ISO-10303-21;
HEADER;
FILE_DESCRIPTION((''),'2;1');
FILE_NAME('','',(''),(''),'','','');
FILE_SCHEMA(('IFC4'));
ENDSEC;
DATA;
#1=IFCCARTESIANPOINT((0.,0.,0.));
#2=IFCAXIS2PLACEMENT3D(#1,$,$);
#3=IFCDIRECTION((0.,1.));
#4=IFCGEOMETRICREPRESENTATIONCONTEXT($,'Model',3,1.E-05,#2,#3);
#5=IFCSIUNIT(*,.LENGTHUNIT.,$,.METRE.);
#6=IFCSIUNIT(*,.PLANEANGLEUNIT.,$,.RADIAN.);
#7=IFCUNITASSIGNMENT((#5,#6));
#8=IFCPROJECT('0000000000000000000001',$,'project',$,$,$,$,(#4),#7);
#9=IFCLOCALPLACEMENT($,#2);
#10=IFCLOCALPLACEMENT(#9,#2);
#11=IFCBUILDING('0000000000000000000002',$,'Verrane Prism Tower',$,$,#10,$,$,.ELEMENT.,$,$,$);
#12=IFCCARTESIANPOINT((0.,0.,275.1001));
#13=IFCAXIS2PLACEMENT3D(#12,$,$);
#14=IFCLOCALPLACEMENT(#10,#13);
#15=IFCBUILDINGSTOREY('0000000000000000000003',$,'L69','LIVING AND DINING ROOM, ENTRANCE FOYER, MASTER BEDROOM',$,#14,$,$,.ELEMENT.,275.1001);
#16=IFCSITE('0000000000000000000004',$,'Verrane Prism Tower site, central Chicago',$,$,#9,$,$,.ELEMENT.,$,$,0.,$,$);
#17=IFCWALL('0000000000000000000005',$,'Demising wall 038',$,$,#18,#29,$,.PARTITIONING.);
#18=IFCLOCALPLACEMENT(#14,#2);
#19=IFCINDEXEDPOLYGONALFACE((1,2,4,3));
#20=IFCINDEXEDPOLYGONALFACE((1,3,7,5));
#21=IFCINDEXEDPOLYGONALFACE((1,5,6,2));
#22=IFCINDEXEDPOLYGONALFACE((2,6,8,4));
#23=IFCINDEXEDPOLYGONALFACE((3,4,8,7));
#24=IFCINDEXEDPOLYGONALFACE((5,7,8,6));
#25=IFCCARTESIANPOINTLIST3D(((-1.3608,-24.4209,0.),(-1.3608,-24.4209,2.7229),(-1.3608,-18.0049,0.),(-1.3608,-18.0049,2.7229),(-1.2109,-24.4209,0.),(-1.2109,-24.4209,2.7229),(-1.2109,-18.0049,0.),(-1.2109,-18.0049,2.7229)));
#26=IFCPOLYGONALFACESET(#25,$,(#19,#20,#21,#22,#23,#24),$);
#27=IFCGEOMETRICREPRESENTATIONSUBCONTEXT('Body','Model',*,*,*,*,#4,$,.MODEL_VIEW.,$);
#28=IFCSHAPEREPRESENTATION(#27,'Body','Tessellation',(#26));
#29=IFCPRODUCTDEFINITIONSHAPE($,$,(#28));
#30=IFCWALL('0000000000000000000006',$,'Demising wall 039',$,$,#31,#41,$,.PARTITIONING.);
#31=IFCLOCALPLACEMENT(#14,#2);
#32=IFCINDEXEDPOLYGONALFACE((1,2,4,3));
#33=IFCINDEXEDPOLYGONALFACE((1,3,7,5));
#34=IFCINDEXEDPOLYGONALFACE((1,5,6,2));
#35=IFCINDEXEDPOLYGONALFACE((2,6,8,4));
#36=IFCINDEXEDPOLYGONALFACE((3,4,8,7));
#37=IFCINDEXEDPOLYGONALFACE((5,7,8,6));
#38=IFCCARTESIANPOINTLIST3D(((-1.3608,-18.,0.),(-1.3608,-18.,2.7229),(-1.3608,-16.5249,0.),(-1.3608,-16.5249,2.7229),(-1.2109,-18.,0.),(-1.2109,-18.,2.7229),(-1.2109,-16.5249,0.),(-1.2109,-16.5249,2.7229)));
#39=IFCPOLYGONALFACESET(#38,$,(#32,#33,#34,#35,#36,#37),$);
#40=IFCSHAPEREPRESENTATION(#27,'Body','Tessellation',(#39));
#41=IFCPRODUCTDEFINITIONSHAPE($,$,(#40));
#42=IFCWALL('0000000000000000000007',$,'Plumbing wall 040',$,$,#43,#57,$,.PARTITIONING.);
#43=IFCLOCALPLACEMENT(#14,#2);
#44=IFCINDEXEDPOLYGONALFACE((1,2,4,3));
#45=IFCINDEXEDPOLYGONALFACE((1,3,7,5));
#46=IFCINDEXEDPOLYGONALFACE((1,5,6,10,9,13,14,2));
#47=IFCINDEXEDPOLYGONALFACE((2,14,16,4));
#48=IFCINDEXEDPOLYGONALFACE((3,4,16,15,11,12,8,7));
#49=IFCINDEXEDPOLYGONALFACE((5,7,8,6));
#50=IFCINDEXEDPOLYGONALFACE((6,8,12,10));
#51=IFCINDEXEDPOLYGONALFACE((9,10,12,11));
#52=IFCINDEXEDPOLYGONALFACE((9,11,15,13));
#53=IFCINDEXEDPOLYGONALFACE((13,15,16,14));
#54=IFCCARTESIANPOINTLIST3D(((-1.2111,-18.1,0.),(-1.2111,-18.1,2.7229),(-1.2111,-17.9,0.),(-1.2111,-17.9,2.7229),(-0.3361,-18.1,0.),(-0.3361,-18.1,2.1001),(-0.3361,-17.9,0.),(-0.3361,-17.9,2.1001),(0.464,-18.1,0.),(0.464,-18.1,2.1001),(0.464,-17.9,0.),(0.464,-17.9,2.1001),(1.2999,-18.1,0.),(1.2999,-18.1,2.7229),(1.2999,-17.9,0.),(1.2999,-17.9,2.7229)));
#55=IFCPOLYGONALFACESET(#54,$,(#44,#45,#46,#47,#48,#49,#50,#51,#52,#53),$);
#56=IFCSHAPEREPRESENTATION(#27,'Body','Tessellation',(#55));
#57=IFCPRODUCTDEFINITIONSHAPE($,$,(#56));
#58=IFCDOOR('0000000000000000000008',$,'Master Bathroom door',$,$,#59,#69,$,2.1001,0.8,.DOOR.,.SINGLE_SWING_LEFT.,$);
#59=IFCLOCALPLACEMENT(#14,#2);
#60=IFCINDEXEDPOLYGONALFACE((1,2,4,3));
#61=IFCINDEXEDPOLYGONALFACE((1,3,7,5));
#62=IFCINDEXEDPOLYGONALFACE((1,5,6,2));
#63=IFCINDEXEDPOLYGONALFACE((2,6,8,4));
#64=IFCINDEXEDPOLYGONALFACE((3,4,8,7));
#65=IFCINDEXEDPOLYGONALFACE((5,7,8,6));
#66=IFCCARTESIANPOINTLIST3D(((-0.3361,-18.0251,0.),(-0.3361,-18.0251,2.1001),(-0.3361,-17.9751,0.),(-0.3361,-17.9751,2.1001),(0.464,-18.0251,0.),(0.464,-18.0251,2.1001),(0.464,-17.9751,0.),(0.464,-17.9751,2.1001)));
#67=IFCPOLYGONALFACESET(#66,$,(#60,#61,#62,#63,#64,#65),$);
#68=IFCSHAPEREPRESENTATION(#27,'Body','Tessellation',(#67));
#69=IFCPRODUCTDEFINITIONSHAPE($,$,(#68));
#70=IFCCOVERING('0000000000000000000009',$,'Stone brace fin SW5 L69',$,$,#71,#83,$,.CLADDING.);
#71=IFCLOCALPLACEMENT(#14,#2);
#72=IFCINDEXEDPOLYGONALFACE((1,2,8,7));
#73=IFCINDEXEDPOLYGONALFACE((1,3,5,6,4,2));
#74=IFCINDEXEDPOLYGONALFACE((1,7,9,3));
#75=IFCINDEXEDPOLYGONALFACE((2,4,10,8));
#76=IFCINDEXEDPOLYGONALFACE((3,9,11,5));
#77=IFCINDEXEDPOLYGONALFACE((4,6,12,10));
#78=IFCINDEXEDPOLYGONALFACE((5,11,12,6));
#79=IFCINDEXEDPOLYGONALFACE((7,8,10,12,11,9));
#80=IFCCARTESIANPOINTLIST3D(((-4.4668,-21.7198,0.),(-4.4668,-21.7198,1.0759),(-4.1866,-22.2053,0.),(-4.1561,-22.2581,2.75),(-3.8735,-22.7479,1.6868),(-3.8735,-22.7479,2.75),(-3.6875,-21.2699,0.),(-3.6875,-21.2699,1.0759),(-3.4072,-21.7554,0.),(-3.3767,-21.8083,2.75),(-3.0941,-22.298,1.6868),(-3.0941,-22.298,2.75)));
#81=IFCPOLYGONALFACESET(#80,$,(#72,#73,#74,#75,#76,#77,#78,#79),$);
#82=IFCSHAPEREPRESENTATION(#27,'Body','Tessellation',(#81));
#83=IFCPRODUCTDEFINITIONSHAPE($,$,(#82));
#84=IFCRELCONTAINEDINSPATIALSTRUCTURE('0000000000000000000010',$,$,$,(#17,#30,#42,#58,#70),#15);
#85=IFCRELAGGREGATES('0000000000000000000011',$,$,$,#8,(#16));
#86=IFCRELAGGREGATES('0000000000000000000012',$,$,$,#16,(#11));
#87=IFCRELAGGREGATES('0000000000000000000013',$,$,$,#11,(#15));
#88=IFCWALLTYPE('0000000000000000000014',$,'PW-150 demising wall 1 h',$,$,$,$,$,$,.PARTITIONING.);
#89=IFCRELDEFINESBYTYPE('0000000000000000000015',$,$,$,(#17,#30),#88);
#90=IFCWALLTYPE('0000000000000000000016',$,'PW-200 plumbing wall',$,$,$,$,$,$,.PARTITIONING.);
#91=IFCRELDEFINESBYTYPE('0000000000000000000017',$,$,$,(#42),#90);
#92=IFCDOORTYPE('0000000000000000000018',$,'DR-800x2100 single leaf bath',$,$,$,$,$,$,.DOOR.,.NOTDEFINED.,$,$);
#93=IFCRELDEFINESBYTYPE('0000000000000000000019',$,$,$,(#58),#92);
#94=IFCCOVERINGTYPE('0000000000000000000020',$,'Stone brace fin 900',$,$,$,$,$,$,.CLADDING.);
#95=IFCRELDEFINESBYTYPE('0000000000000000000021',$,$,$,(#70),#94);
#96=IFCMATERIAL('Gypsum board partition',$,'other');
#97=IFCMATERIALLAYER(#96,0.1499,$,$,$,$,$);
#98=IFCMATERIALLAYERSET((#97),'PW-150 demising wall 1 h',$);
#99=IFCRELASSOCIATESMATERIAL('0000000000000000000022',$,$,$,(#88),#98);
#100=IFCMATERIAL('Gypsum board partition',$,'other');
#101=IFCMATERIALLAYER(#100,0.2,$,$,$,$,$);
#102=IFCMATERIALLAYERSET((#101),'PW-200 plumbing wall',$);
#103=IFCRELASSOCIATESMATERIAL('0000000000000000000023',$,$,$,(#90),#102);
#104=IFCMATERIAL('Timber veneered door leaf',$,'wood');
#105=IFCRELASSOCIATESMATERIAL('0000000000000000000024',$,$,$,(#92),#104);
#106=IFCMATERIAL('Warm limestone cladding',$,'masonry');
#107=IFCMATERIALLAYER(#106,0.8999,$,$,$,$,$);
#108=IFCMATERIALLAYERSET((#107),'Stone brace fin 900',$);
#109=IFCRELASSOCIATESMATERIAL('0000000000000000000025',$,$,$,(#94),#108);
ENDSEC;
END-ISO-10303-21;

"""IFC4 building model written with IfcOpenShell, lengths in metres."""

from ifc_helpers import new_model, si_unit, direction, frame, frame_2d, origin, place, context, subcontext, project, spatial, polyline, rectangle, outline, extrude, material, layer, layer_set, type_object, element, fill, save


model = new_model("IFC4")

# Units and contexts
model_context = context("Model", 3, precision=1e-05, world=origin(), true_north=direction((0.0, 1.0)))
body_context = subcontext(model_context, "Body", "Model", "MODEL_VIEW")
ifc_project = project(units=[si_unit("LENGTHUNIT", "METRE"), si_unit("PLANEANGLEUNIT", "RADIAN")], contexts=[model_context])

# Site, building, storey
site_placement = place(None, origin())
site = spatial("IfcSite", under=ifc_project, at=site_placement, Name="Verrane Prism Tower site, central Chicago", CompositionType="ELEMENT", RefElevation=0.0)
building_placement = place(site_placement, origin())
building = spatial("IfcBuilding", under=site, at=building_placement, Name="Verrane Prism Tower", CompositionType="ELEMENT")
storey_placement = place(building_placement, frame((0.0, 0.0, 275.1001)))
storey = spatial("IfcBuildingStorey", under=building, at=storey_placement, Name="L69", Description="LIVING AND DINING ROOM, ENTRANCE FOYER, MASTER BEDROOM", CompositionType="ELEMENT", Elevation=275.1001)

# Walls
ifc_material_1 = material(Name="Gypsum board partition", Category="other")
ifc_layer_1 = layer(ifc_material_1, 0.1499)
ifc_layer_set_1 = layer_set([ifc_layer_1], Name="PW-150 demising wall 1 h")
wall_type_1 = type_object("IfcWallType", Name="PW-150 demising wall 1 h", PredefinedType="PARTITIONING", material=ifc_layer_set_1)
wall_1_placement = place(storey_placement, frame((-1.2859, -24.4209, 0.0), z_axis=(0.0, 0.0, 1.0), x_axis=(0.0, 1.0, 0.0)))
element("IfcWall", 1, at=wall_1_placement, inside=storey, type_object=wall_type_1, Name="Demising wall 038", PredefinedType="PARTITIONING", context=body_context, shape_type="SweptSolid", body=[
    extrude(rectangle(XDim=6.416, YDim=0.1499, at=frame_2d((3.208, 0.0))), origin(), (0.0, 0.0, 1.0), 2.7229),
])
wall_2_placement = place(storey_placement, frame((-1.2859, -18.0, 0.0), z_axis=(0.0, 0.0, 1.0), x_axis=(0.0, 1.0, 0.0)))
element("IfcWall", 2, at=wall_2_placement, inside=storey, type_object=wall_type_1, Name="Demising wall 039", PredefinedType="PARTITIONING", context=body_context, shape_type="SweptSolid", body=[
    extrude(rectangle(XDim=1.4751, YDim=0.1499, at=frame_2d((0.7375, 0.0))), origin(), (0.0, 0.0, 1.0), 2.7229),
])

# Wall, opening, door
ifc_material_2 = material(Name="Gypsum board partition", Category="other")
ifc_layer_2 = layer(ifc_material_2, 0.2)
ifc_layer_set_2 = layer_set([ifc_layer_2], Name="PW-200 plumbing wall")
wall_type_2 = type_object("IfcWallType", Name="PW-200 plumbing wall", PredefinedType="PARTITIONING", material=ifc_layer_set_2)
wall_3_placement = place(storey_placement, frame((-1.2109, -18.0, 0.0), z_axis=(0.0, 0.0, 1.0), x_axis=(1.0, 0.0, 0.0)))
wall_3 = element("IfcWall", 3, at=wall_3_placement, inside=storey, type_object=wall_type_2, Name="Plumbing wall 040", PredefinedType="PARTITIONING", context=body_context, shape_type="SweptSolid", body=[
    extrude(rectangle(XDim=2.511, YDim=0.2, at=frame_2d((1.2554, 0.0))), origin(), (0.0, 0.0, 1.0), 2.7229),
])
opening_1_placement = place(wall_3_placement, frame((0.875, 0.0, 0.0)))
opening_1 = element("IfcOpeningElement", 4, at=opening_1_placement, cuts=wall_3, PredefinedType="OPENING", context=body_context, shape_type="SweptSolid", body=[
    extrude(rectangle(XDim=0.8, YDim=2.1001, at=frame_2d((0.3999, 1.05))), frame((0.0, 0.1099, 0.0), z_axis=(0.0, -1.0, 0.0), x_axis=(1.0, 0.0, 0.0)), (0.0, 0.0, 1.0), 0.22),
])
ifc_material_3 = material(Name="Timber veneered door leaf", Category="wood")
door_type_1 = type_object("IfcDoorType", Name="DR-800x2100 single leaf bath", OperationType="NOTDEFINED", PredefinedType="DOOR", material=ifc_material_3)
door_1_placement = place(opening_1_placement, origin())
door_1 = element("IfcDoor", 5, at=door_1_placement, inside=storey, type_object=door_type_1, Name="Master Bathroom door", OperationType="SINGLE_SWING_LEFT", OverallHeight=2.1001, OverallWidth=0.8, PredefinedType="DOOR", context=body_context, shape_type="SweptSolid", body=[
    extrude(rectangle(XDim=0.8, YDim=2.1001, at=frame_2d((0.3999, 1.05))), frame((0.0, 0.0249, 0.0), z_axis=(0.0, -1.0, 0.0), x_axis=(1.0, 0.0, 0.0)), (0.0, 0.0, 1.0), 0.05),
])
fill(opening_1, door_1)

# Covering
ifc_material_4 = material(Name="Warm limestone cladding", Category="masonry")
ifc_layer_3 = layer(ifc_material_4, 0.8999)
ifc_layer_set_3 = layer_set([ifc_layer_3], Name="Stone brace fin 900")
covering_type = type_object("IfcCoveringType", Name="Stone brace fin 900", PredefinedType="CLADDING", material=ifc_layer_set_3)
covering_placement = place(storey_placement, frame((-4.0771, -21.4949, 0.0), z_axis=(0.0, 0.0, 1.0), x_axis=(0.499901, -0.866083, 0.0)))
element("IfcCovering", 6, at=covering_placement, inside=storey, type_object=covering_type, Name="Stone brace fin SW5 L69", PredefinedType="CLADDING", context=body_context, shape_type="SweptSolid", body=[
    extrude(outline(polyline([(1.187, 2.75), (0.6216, 2.75), (0.0, 1.0759), (0.0, 0.0), (0.5605, 0.0), (1.187, 1.6868), (1.187, 2.75)])), frame((0.0, 0.45, 0.0), z_axis=(0.0, -1.0, 0.0), x_axis=(1.0, 0.0, 0.0)), (0.0, 0.0, 1.0), 0.8999),
])

save(model, "model.ifc")
